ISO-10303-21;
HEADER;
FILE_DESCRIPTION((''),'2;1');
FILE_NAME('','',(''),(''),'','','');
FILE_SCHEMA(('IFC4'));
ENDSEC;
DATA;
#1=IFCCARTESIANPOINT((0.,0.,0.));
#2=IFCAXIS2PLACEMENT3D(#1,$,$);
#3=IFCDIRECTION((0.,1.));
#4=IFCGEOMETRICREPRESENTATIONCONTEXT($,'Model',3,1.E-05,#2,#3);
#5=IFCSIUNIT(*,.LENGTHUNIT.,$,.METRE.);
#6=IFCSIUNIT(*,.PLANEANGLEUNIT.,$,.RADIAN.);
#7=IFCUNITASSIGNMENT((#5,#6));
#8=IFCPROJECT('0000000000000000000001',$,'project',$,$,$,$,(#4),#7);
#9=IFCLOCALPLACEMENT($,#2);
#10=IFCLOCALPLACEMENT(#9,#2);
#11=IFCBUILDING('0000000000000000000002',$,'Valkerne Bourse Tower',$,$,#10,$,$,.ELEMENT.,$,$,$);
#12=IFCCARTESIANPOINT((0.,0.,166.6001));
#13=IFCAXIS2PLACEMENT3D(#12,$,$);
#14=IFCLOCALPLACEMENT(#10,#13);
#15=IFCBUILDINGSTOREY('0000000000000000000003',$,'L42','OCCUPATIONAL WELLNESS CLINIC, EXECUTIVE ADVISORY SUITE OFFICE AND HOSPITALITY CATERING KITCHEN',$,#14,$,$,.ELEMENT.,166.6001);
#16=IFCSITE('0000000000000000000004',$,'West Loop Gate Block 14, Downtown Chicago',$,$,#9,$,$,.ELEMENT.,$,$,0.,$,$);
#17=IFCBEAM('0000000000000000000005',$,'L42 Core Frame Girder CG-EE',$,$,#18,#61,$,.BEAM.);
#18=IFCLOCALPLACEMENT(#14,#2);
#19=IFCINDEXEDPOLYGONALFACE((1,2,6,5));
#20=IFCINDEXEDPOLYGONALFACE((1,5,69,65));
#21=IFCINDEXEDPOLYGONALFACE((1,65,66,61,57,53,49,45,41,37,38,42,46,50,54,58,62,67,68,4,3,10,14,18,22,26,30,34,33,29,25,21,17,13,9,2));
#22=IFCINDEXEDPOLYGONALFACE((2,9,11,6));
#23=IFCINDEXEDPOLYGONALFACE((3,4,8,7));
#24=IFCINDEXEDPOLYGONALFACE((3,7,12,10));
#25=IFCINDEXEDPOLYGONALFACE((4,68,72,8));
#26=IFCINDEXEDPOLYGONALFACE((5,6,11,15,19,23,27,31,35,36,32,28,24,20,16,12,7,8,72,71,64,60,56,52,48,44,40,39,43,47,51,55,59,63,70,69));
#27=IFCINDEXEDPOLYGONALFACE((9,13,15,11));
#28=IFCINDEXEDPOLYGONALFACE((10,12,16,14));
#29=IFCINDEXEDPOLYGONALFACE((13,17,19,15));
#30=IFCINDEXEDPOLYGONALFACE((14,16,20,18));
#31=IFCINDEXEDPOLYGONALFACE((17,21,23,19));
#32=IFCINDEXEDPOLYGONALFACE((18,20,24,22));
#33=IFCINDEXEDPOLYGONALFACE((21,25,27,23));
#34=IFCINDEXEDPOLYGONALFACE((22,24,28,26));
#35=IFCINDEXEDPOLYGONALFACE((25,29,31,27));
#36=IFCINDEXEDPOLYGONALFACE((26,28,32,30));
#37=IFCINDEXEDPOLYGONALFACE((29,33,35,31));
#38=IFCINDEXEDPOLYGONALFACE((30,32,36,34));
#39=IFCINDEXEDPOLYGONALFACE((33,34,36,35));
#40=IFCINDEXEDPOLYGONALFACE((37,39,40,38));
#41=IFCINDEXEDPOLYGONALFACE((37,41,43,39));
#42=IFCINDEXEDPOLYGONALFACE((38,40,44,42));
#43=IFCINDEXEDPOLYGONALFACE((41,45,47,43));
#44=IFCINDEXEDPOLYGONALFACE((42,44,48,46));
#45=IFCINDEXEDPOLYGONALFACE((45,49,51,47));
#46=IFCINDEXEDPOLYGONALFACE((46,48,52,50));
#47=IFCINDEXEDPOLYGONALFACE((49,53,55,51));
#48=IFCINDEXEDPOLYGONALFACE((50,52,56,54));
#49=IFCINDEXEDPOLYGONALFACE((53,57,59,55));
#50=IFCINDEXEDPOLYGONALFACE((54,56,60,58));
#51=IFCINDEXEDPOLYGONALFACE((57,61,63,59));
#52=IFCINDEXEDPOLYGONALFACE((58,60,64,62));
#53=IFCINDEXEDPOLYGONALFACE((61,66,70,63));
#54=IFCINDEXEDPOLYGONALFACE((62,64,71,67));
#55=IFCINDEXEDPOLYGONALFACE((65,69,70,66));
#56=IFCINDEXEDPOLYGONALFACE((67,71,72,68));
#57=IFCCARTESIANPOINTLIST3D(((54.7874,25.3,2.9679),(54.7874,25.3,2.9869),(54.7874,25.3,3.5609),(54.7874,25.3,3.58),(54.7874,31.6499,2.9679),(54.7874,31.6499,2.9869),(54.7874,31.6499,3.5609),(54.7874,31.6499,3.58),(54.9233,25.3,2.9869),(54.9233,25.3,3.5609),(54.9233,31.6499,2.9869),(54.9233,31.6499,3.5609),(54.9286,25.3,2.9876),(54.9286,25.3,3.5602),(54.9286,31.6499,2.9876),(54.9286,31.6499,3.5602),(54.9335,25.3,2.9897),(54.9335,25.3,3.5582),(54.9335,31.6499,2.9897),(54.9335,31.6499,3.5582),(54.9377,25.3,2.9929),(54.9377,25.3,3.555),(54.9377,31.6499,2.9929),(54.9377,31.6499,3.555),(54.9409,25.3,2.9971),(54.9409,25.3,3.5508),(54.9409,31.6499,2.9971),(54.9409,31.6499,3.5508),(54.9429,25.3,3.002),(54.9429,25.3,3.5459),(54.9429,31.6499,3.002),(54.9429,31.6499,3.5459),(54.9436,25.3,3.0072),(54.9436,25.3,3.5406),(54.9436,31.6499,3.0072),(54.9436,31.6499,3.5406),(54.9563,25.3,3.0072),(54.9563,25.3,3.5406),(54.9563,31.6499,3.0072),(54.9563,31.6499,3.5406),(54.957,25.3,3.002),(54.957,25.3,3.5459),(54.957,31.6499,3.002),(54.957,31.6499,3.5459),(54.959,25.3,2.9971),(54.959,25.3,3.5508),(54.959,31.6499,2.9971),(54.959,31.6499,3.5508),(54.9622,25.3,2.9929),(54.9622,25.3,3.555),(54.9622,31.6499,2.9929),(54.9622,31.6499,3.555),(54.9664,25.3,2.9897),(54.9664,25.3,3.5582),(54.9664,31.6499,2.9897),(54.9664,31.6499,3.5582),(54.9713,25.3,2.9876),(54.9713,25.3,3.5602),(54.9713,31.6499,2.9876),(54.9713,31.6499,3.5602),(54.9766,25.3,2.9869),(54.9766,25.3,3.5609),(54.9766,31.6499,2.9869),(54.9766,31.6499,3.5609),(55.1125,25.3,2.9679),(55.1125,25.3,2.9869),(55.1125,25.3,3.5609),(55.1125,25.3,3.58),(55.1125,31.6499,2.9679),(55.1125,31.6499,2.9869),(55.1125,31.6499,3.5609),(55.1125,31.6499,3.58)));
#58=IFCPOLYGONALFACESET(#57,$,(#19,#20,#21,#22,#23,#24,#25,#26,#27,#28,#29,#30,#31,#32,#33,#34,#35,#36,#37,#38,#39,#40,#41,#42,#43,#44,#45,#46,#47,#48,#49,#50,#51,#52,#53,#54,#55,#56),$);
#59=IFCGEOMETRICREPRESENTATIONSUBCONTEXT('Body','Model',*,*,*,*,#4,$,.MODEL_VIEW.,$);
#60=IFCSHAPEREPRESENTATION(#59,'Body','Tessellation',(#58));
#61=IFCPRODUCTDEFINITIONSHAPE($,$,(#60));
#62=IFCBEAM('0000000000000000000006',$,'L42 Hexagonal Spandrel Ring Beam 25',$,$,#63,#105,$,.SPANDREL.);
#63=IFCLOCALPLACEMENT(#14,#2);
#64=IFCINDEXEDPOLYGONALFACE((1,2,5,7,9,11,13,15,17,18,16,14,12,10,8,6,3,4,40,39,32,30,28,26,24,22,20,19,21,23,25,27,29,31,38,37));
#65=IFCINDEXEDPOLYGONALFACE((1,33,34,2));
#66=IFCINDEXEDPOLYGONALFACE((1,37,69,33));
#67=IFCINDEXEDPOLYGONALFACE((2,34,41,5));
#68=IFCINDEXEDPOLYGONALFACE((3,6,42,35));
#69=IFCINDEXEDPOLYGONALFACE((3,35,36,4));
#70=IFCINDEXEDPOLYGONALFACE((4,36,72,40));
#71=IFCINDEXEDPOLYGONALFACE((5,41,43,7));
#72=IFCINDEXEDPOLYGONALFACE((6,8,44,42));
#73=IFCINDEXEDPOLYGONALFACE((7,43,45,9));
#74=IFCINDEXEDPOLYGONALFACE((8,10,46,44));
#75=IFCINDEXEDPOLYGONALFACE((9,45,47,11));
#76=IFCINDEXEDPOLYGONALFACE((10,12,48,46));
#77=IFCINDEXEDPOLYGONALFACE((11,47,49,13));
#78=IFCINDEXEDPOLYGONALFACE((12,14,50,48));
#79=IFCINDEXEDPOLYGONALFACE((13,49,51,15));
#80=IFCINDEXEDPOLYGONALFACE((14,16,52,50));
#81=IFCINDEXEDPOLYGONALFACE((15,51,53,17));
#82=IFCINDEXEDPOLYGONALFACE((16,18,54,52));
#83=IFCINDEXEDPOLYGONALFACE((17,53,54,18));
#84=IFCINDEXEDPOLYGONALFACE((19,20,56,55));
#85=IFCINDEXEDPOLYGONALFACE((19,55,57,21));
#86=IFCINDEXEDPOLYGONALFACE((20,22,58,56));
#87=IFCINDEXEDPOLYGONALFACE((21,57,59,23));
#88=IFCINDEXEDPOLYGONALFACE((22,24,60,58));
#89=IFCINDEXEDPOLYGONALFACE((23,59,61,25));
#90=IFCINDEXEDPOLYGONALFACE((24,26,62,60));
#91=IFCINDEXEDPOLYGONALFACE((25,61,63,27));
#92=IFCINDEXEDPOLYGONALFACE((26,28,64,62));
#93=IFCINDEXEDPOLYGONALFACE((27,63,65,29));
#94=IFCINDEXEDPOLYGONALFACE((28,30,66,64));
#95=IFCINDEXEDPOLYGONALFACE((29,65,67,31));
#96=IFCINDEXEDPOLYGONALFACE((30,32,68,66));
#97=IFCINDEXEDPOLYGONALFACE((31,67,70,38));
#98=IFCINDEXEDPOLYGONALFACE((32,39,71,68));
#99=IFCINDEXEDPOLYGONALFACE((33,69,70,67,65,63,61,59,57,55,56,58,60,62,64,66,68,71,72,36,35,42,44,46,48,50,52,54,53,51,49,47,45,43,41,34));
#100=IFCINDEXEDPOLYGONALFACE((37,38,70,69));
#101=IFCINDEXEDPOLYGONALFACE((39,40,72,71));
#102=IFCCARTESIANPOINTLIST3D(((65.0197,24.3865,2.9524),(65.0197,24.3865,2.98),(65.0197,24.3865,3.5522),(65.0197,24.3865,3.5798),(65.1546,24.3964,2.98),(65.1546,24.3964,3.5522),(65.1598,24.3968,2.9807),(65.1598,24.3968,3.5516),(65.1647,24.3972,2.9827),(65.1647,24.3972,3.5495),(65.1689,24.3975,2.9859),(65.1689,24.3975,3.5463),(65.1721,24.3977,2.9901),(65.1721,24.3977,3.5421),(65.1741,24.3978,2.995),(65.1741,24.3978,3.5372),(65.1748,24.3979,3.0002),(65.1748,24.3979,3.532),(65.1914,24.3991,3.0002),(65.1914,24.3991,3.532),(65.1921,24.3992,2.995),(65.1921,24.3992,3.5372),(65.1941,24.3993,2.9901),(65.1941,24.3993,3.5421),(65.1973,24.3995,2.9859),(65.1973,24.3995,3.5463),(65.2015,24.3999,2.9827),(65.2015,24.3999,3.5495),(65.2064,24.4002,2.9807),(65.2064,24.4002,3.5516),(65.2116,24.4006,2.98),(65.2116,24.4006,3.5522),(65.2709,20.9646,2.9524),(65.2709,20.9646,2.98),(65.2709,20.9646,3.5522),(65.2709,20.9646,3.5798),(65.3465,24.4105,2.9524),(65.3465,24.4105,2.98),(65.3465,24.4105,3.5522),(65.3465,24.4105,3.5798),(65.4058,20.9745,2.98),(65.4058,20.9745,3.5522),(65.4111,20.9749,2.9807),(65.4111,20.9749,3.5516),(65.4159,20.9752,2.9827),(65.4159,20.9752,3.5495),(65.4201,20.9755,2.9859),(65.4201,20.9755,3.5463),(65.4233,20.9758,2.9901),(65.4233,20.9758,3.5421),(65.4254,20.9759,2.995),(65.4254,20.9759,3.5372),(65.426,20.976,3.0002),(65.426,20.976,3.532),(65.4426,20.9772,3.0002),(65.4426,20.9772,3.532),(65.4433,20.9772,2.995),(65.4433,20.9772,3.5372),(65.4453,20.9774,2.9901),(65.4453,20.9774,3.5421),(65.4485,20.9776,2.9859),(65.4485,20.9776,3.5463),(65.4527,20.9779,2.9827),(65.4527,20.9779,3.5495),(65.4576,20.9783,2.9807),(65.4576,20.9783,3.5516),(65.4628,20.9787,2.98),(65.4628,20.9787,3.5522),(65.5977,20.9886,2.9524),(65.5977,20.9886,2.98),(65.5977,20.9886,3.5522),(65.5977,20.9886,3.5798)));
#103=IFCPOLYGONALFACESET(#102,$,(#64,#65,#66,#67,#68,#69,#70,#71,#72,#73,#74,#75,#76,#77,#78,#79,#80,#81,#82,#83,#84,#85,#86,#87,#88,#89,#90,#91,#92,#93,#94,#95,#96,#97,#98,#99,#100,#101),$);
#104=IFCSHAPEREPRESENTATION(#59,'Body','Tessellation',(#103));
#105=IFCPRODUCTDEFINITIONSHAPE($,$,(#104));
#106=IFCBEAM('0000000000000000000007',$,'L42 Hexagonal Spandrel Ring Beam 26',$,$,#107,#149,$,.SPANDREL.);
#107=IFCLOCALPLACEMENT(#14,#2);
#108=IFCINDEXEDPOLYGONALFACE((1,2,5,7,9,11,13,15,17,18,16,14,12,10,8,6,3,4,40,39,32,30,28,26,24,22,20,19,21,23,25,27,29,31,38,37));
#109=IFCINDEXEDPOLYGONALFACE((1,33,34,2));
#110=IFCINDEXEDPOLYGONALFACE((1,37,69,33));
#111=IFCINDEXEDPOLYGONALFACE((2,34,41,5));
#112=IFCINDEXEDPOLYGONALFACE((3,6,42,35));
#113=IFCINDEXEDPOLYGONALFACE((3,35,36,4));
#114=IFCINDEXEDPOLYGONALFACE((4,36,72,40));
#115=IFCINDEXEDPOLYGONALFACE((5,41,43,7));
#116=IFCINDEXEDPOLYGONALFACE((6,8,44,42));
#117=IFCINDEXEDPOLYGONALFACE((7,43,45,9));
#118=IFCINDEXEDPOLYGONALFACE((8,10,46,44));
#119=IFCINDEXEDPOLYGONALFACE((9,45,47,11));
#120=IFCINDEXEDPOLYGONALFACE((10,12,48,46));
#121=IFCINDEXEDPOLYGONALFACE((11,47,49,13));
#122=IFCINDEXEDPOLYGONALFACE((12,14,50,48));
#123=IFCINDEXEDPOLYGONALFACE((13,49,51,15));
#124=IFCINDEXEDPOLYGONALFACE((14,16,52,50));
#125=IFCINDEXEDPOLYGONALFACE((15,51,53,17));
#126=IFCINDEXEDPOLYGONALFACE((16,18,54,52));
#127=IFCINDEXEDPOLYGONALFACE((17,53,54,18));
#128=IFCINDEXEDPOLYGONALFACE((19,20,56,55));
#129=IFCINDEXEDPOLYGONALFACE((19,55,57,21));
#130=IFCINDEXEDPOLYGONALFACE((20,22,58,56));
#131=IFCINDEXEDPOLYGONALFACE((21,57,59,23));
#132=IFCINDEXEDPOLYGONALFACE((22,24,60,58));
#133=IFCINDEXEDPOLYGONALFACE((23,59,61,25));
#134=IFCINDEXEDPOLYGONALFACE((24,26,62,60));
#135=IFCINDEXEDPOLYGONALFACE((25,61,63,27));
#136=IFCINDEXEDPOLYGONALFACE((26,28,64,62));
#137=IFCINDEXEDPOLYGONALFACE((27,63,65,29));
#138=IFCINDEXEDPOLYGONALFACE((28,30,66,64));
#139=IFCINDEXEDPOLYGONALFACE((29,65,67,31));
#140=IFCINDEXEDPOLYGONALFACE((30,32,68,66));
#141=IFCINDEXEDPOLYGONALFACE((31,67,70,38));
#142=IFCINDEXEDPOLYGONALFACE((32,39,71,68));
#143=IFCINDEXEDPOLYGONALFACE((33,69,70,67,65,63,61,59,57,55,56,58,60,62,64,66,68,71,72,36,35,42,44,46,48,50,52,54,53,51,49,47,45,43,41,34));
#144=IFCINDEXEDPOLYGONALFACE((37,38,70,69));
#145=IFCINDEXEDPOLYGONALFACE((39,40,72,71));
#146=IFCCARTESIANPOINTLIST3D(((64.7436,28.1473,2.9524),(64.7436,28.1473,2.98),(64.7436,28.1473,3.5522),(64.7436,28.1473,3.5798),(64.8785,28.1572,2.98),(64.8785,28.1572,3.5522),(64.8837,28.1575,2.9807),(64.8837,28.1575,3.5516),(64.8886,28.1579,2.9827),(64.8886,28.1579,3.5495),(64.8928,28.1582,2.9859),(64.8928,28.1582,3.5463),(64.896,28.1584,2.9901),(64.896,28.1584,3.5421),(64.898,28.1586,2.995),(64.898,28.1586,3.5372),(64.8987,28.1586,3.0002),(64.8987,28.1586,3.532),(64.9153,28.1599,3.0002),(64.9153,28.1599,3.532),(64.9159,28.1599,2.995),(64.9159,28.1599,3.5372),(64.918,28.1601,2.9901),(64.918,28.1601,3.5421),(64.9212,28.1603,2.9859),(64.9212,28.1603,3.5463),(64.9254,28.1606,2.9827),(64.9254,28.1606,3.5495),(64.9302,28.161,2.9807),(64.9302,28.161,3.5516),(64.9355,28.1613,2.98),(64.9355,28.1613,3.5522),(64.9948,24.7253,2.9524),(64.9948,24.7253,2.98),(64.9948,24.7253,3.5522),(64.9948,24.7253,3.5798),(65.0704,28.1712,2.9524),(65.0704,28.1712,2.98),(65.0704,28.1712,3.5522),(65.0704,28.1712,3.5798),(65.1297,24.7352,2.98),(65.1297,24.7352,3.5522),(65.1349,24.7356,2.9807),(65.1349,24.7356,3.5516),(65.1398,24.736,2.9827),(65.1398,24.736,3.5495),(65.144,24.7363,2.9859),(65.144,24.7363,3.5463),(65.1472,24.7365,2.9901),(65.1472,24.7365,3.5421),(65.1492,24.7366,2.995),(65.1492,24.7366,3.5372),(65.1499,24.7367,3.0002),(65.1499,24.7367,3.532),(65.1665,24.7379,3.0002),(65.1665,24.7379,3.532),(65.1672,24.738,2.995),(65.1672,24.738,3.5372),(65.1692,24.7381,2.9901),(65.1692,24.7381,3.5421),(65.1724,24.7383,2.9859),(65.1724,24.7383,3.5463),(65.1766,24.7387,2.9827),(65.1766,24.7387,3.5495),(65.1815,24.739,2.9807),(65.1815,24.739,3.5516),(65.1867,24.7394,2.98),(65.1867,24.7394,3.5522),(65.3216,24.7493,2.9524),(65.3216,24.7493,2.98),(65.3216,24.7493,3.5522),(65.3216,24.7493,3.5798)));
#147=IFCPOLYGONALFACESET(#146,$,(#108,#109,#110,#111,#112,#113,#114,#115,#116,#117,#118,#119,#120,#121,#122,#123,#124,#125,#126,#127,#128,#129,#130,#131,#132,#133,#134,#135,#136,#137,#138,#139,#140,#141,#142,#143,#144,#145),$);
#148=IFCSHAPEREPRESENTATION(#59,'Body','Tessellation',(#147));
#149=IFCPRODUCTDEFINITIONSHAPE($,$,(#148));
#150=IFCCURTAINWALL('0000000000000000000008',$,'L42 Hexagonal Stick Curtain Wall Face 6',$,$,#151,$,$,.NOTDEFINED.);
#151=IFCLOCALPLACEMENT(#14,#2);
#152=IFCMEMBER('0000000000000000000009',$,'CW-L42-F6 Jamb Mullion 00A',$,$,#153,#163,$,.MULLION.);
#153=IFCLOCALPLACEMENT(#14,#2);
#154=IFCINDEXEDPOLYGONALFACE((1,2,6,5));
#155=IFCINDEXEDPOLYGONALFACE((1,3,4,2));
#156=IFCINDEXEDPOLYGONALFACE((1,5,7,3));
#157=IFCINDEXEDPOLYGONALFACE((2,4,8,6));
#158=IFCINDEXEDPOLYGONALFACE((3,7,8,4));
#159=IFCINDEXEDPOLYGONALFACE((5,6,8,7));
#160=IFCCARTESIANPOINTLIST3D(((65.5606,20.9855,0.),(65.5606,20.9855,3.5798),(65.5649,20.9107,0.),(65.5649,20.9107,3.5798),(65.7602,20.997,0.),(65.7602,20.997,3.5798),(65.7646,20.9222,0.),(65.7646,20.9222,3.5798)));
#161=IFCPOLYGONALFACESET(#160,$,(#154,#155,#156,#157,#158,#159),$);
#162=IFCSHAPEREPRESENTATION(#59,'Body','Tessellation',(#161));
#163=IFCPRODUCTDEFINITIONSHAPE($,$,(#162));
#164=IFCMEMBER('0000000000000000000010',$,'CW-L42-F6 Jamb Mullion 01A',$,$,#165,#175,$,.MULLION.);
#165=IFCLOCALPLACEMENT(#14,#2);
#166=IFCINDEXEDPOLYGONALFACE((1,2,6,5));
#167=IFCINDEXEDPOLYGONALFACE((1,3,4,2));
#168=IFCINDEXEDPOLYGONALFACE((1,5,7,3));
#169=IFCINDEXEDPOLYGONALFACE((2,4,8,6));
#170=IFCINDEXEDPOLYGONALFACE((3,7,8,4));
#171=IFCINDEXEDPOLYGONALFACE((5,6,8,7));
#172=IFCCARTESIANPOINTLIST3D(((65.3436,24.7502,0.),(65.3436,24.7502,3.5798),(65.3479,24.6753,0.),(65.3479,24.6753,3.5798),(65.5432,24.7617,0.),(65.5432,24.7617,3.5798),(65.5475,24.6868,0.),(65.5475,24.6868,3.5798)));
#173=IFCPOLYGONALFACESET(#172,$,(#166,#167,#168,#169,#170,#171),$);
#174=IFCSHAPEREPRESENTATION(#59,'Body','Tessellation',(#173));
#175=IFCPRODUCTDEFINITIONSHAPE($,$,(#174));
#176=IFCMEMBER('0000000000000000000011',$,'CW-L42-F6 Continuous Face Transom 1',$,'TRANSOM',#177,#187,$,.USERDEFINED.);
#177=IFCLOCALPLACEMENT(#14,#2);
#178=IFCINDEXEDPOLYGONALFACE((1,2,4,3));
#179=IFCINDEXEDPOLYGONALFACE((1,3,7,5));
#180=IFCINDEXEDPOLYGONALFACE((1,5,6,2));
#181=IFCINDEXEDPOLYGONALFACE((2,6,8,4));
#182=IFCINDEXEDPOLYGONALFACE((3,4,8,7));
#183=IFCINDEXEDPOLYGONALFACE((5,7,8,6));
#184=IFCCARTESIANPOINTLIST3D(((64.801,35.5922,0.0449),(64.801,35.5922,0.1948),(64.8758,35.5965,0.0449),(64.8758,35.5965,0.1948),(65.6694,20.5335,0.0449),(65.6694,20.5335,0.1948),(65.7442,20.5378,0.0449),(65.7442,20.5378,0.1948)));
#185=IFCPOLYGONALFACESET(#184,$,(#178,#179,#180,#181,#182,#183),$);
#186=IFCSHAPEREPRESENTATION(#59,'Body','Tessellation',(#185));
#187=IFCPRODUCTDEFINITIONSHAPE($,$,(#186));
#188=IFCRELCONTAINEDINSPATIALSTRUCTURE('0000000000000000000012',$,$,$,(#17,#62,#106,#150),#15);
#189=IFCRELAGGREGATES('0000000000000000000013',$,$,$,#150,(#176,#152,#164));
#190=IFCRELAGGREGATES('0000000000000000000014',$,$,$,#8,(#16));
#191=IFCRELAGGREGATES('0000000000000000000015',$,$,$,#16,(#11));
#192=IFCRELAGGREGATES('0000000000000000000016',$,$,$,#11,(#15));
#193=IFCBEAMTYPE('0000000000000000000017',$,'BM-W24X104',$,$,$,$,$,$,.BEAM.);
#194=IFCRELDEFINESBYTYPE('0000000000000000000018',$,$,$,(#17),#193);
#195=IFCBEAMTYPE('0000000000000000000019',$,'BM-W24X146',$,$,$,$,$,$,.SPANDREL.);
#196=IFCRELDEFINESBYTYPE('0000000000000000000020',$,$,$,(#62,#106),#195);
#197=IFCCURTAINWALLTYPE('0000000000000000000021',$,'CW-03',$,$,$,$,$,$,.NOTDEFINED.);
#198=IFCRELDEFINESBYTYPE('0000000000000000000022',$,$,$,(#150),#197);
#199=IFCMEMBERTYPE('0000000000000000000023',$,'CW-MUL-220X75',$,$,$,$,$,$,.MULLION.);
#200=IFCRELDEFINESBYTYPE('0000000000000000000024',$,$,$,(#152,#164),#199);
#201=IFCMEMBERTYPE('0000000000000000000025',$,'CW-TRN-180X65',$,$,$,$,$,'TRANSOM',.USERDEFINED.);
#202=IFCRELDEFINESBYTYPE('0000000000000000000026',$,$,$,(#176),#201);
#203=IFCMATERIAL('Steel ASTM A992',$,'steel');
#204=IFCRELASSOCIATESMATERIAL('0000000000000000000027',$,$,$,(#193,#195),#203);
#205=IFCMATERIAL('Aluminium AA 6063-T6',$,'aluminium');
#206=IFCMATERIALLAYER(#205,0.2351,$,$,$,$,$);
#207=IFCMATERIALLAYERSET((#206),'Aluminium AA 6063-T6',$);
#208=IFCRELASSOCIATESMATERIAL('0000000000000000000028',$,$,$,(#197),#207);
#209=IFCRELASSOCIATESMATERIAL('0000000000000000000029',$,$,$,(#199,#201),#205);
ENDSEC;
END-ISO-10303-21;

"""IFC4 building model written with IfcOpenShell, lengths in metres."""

from ifc_helpers import new_model, si_unit, direction, frame, origin, origin_2d, place, context, subcontext, project, spatial, rectangle, i_section, extrude, material, layer, layer_set, material_profile, profile_set, type_object, element, aggregate, save


model = new_model("IFC4")

# Units and contexts
model_context = context("Model", 3, precision=1e-05, world=origin(), true_north=direction((0.0, 1.0)))
body_context = subcontext(model_context, "Body", "Model", "MODEL_VIEW")
ifc_project = project(units=[si_unit("LENGTHUNIT", "METRE"), si_unit("PLANEANGLEUNIT", "RADIAN")], contexts=[model_context])

# Site, building, storey
site_placement = place(None, origin())
site = spatial("IfcSite", under=ifc_project, at=site_placement, Name="West Loop Gate Block 14, Downtown Chicago", CompositionType="ELEMENT", RefElevation=0.0)
building_placement = place(site_placement, origin())
building = spatial("IfcBuilding", under=site, at=building_placement, Name="Valkerne Bourse Tower", CompositionType="ELEMENT")
storey_placement = place(building_placement, frame((0.0, 0.0, 166.6001)))
storey = spatial("IfcBuildingStorey", under=building, at=storey_placement, Name="L42", Description="OCCUPATIONAL WELLNESS CLINIC, EXECUTIVE ADVISORY SUITE OFFICE AND HOSPITALITY CATERING KITCHEN", CompositionType="ELEMENT", Elevation=166.6001)

# Beams
ifc_material_1 = material(Name="Steel ASTM A992", Category="steel")
ifc_material_profile_1 = material_profile(ifc_material_1, i_section(OverallWidth=0.3252, OverallDepth=0.6121, WebThickness=0.0127, FlangeThickness=0.019, FilletRadius=0.0203, at=origin_2d()), Name="W24X104")
ifc_profile_set_1 = profile_set([ifc_material_profile_1], Name="Steel ASTM A992")
beam_type_1 = type_object("IfcBeamType", Name="BM-W24X104", PredefinedType="BEAM", material=ifc_profile_set_1)
beam_1_placement = place(storey_placement, frame((54.95, 25.3, 3.2739), z_axis=(0.0, 1.0, 0.0), x_axis=(-1.0, 0.0, 0.0)))
element("IfcBeam", 1, at=beam_1_placement, inside=storey, type_object=beam_type_1, Name="L42 Core Frame Girder CG-EE", PredefinedType="BEAM", context=body_context, shape_type="SweptSolid", body=[
    extrude(i_section(OverallWidth=0.3252, OverallDepth=0.6121, WebThickness=0.0127, FlangeThickness=0.019, FilletRadius=0.0203, at=origin_2d()), origin(), (0.0, 0.0, 1.0), 6.3499),
])
ifc_material_profile_2 = material_profile(ifc_material_1, i_section(OverallWidth=0.3276, OverallDepth=0.6274, WebThickness=0.0166, FlangeThickness=0.0276, FilletRadius=0.0203, at=origin_2d()), Name="W24X146")
ifc_profile_set_2 = profile_set([ifc_material_profile_2], Name="Steel ASTM A992")
beam_type_2 = type_object("IfcBeamType", Name="BM-W24X146", PredefinedType="SPANDREL", material=ifc_profile_set_2)
for number, where, z_axis, x_axis, name in (
    (2, (65.4343, 20.9766, 3.2661), (-0.073219, 0.997316, 0.0), (-0.997316, -0.073219, 0.0), "L42 Hexagonal Spandrel Ring Beam 25"),
    (3, (65.1582, 24.7373, 3.2661), (-0.073219, 0.997316, 0.0), (-0.997316, -0.073219, 0.0), "L42 Hexagonal Spandrel Ring Beam 26"),
):
    element("IfcBeam", number, at=place(storey_placement, frame(where, z_axis=z_axis, x_axis=x_axis)), inside=storey, type_object=beam_type_2, Name=name, PredefinedType="SPANDREL", context=body_context, shape_type="SweptSolid", body=[
        extrude(i_section(OverallWidth=0.3276, OverallDepth=0.6274, WebThickness=0.0166, FlangeThickness=0.0276, FilletRadius=0.0203, at=origin_2d()), origin(), (0.0, 0.0, 1.0), 3.4312),
    ])

# Curtain wall, members
ifc_material_2 = material(Name="Aluminium AA 6063-T6", Category="aluminium")
ifc_layer_1 = layer(ifc_material_2, 0.2351)
ifc_layer_set_1 = layer_set([ifc_layer_1], Name="Aluminium AA 6063-T6")
curtain_wall_type = type_object("IfcCurtainWallType", Name="CW-03", PredefinedType="NOTDEFINED", material=ifc_layer_set_1)
curtain_wall_placement = place(storey_placement, origin())
curtain_wall = element("IfcCurtainWall", 4, at=curtain_wall_placement, inside=storey, type_object=curtain_wall_type, Name="L42 Hexagonal Stick Curtain Wall Face 6", PredefinedType="NOTDEFINED")
ifc_material_profile_3 = material_profile(ifc_material_2, rectangle(XDim=0.075, YDim=0.2, at=origin_2d()), Name="CWM-75X200")
ifc_profile_set_3 = profile_set([ifc_material_profile_3], Name="Aluminium AA 6063-T6")
member_type_1 = type_object("IfcMemberType", Name="CW-MUL-220X75", PredefinedType="MULLION", material=ifc_profile_set_3)
member_1_placement = place(storey_placement, frame((65.6626, 20.9539, 0.0), z_axis=(0.0, 0.0, 1.0), x_axis=(-0.05757, 0.998341, 0.0)))
member_1 = element("IfcMember", 5, at=member_1_placement, type_object=member_type_1, Name="CW-L42-F6 Jamb Mullion 00A", PredefinedType="MULLION", context=body_context, shape_type="SweptSolid", body=[
    extrude(rectangle(XDim=0.075, YDim=0.2, at=origin_2d()), origin(), (0.0, 0.0, 1.0), 3.5798),
])
member_2_placement = place(storey_placement, frame((65.4456, 24.7185, 0.0), z_axis=(0.0, 0.0, 1.0), x_axis=(-0.057572, 0.998341, 0.0)))
member_2 = element("IfcMember", 6, at=member_2_placement, type_object=member_type_1, Name="CW-L42-F6 Jamb Mullion 01A", PredefinedType="MULLION", context=body_context, shape_type="SweptSolid", body=[
    extrude(rectangle(XDim=0.075, YDim=0.2, at=origin_2d()), origin(), (0.0, 0.0, 1.0), 3.5798),
])
ifc_material_profile_4 = material_profile(ifc_material_2, rectangle(XDim=0.075, YDim=0.1499, at=origin_2d()), Name="CWT-75X150")
ifc_profile_set_4 = profile_set([ifc_material_profile_4], Name="Aluminium AA 6063-T6")
member_type_2 = type_object("IfcMemberType", Name="CW-TRN-180X65", ElementType="TRANSOM", PredefinedType="USERDEFINED", material=ifc_profile_set_4)
member_3_placement = place(storey_placement, frame((65.7068, 20.5356, 0.1199), z_axis=(-0.057572, 0.998341, 0.0), x_axis=(-0.998341, -0.057572, 0.0)))
member_3 = element("IfcMember", 7, at=member_3_placement, type_object=member_type_2, Name="CW-L42-F6 Continuous Face Transom 1", ObjectType="TRANSOM", PredefinedType="USERDEFINED", context=body_context, shape_type="SweptSolid", body=[
    extrude(rectangle(XDim=0.075, YDim=0.1499, at=origin_2d()), origin(), (0.0, 0.0, 1.0), 15.0837),
])

aggregate(curtain_wall, [member_3, member_1, member_2])

save(model, "model.ifc")
